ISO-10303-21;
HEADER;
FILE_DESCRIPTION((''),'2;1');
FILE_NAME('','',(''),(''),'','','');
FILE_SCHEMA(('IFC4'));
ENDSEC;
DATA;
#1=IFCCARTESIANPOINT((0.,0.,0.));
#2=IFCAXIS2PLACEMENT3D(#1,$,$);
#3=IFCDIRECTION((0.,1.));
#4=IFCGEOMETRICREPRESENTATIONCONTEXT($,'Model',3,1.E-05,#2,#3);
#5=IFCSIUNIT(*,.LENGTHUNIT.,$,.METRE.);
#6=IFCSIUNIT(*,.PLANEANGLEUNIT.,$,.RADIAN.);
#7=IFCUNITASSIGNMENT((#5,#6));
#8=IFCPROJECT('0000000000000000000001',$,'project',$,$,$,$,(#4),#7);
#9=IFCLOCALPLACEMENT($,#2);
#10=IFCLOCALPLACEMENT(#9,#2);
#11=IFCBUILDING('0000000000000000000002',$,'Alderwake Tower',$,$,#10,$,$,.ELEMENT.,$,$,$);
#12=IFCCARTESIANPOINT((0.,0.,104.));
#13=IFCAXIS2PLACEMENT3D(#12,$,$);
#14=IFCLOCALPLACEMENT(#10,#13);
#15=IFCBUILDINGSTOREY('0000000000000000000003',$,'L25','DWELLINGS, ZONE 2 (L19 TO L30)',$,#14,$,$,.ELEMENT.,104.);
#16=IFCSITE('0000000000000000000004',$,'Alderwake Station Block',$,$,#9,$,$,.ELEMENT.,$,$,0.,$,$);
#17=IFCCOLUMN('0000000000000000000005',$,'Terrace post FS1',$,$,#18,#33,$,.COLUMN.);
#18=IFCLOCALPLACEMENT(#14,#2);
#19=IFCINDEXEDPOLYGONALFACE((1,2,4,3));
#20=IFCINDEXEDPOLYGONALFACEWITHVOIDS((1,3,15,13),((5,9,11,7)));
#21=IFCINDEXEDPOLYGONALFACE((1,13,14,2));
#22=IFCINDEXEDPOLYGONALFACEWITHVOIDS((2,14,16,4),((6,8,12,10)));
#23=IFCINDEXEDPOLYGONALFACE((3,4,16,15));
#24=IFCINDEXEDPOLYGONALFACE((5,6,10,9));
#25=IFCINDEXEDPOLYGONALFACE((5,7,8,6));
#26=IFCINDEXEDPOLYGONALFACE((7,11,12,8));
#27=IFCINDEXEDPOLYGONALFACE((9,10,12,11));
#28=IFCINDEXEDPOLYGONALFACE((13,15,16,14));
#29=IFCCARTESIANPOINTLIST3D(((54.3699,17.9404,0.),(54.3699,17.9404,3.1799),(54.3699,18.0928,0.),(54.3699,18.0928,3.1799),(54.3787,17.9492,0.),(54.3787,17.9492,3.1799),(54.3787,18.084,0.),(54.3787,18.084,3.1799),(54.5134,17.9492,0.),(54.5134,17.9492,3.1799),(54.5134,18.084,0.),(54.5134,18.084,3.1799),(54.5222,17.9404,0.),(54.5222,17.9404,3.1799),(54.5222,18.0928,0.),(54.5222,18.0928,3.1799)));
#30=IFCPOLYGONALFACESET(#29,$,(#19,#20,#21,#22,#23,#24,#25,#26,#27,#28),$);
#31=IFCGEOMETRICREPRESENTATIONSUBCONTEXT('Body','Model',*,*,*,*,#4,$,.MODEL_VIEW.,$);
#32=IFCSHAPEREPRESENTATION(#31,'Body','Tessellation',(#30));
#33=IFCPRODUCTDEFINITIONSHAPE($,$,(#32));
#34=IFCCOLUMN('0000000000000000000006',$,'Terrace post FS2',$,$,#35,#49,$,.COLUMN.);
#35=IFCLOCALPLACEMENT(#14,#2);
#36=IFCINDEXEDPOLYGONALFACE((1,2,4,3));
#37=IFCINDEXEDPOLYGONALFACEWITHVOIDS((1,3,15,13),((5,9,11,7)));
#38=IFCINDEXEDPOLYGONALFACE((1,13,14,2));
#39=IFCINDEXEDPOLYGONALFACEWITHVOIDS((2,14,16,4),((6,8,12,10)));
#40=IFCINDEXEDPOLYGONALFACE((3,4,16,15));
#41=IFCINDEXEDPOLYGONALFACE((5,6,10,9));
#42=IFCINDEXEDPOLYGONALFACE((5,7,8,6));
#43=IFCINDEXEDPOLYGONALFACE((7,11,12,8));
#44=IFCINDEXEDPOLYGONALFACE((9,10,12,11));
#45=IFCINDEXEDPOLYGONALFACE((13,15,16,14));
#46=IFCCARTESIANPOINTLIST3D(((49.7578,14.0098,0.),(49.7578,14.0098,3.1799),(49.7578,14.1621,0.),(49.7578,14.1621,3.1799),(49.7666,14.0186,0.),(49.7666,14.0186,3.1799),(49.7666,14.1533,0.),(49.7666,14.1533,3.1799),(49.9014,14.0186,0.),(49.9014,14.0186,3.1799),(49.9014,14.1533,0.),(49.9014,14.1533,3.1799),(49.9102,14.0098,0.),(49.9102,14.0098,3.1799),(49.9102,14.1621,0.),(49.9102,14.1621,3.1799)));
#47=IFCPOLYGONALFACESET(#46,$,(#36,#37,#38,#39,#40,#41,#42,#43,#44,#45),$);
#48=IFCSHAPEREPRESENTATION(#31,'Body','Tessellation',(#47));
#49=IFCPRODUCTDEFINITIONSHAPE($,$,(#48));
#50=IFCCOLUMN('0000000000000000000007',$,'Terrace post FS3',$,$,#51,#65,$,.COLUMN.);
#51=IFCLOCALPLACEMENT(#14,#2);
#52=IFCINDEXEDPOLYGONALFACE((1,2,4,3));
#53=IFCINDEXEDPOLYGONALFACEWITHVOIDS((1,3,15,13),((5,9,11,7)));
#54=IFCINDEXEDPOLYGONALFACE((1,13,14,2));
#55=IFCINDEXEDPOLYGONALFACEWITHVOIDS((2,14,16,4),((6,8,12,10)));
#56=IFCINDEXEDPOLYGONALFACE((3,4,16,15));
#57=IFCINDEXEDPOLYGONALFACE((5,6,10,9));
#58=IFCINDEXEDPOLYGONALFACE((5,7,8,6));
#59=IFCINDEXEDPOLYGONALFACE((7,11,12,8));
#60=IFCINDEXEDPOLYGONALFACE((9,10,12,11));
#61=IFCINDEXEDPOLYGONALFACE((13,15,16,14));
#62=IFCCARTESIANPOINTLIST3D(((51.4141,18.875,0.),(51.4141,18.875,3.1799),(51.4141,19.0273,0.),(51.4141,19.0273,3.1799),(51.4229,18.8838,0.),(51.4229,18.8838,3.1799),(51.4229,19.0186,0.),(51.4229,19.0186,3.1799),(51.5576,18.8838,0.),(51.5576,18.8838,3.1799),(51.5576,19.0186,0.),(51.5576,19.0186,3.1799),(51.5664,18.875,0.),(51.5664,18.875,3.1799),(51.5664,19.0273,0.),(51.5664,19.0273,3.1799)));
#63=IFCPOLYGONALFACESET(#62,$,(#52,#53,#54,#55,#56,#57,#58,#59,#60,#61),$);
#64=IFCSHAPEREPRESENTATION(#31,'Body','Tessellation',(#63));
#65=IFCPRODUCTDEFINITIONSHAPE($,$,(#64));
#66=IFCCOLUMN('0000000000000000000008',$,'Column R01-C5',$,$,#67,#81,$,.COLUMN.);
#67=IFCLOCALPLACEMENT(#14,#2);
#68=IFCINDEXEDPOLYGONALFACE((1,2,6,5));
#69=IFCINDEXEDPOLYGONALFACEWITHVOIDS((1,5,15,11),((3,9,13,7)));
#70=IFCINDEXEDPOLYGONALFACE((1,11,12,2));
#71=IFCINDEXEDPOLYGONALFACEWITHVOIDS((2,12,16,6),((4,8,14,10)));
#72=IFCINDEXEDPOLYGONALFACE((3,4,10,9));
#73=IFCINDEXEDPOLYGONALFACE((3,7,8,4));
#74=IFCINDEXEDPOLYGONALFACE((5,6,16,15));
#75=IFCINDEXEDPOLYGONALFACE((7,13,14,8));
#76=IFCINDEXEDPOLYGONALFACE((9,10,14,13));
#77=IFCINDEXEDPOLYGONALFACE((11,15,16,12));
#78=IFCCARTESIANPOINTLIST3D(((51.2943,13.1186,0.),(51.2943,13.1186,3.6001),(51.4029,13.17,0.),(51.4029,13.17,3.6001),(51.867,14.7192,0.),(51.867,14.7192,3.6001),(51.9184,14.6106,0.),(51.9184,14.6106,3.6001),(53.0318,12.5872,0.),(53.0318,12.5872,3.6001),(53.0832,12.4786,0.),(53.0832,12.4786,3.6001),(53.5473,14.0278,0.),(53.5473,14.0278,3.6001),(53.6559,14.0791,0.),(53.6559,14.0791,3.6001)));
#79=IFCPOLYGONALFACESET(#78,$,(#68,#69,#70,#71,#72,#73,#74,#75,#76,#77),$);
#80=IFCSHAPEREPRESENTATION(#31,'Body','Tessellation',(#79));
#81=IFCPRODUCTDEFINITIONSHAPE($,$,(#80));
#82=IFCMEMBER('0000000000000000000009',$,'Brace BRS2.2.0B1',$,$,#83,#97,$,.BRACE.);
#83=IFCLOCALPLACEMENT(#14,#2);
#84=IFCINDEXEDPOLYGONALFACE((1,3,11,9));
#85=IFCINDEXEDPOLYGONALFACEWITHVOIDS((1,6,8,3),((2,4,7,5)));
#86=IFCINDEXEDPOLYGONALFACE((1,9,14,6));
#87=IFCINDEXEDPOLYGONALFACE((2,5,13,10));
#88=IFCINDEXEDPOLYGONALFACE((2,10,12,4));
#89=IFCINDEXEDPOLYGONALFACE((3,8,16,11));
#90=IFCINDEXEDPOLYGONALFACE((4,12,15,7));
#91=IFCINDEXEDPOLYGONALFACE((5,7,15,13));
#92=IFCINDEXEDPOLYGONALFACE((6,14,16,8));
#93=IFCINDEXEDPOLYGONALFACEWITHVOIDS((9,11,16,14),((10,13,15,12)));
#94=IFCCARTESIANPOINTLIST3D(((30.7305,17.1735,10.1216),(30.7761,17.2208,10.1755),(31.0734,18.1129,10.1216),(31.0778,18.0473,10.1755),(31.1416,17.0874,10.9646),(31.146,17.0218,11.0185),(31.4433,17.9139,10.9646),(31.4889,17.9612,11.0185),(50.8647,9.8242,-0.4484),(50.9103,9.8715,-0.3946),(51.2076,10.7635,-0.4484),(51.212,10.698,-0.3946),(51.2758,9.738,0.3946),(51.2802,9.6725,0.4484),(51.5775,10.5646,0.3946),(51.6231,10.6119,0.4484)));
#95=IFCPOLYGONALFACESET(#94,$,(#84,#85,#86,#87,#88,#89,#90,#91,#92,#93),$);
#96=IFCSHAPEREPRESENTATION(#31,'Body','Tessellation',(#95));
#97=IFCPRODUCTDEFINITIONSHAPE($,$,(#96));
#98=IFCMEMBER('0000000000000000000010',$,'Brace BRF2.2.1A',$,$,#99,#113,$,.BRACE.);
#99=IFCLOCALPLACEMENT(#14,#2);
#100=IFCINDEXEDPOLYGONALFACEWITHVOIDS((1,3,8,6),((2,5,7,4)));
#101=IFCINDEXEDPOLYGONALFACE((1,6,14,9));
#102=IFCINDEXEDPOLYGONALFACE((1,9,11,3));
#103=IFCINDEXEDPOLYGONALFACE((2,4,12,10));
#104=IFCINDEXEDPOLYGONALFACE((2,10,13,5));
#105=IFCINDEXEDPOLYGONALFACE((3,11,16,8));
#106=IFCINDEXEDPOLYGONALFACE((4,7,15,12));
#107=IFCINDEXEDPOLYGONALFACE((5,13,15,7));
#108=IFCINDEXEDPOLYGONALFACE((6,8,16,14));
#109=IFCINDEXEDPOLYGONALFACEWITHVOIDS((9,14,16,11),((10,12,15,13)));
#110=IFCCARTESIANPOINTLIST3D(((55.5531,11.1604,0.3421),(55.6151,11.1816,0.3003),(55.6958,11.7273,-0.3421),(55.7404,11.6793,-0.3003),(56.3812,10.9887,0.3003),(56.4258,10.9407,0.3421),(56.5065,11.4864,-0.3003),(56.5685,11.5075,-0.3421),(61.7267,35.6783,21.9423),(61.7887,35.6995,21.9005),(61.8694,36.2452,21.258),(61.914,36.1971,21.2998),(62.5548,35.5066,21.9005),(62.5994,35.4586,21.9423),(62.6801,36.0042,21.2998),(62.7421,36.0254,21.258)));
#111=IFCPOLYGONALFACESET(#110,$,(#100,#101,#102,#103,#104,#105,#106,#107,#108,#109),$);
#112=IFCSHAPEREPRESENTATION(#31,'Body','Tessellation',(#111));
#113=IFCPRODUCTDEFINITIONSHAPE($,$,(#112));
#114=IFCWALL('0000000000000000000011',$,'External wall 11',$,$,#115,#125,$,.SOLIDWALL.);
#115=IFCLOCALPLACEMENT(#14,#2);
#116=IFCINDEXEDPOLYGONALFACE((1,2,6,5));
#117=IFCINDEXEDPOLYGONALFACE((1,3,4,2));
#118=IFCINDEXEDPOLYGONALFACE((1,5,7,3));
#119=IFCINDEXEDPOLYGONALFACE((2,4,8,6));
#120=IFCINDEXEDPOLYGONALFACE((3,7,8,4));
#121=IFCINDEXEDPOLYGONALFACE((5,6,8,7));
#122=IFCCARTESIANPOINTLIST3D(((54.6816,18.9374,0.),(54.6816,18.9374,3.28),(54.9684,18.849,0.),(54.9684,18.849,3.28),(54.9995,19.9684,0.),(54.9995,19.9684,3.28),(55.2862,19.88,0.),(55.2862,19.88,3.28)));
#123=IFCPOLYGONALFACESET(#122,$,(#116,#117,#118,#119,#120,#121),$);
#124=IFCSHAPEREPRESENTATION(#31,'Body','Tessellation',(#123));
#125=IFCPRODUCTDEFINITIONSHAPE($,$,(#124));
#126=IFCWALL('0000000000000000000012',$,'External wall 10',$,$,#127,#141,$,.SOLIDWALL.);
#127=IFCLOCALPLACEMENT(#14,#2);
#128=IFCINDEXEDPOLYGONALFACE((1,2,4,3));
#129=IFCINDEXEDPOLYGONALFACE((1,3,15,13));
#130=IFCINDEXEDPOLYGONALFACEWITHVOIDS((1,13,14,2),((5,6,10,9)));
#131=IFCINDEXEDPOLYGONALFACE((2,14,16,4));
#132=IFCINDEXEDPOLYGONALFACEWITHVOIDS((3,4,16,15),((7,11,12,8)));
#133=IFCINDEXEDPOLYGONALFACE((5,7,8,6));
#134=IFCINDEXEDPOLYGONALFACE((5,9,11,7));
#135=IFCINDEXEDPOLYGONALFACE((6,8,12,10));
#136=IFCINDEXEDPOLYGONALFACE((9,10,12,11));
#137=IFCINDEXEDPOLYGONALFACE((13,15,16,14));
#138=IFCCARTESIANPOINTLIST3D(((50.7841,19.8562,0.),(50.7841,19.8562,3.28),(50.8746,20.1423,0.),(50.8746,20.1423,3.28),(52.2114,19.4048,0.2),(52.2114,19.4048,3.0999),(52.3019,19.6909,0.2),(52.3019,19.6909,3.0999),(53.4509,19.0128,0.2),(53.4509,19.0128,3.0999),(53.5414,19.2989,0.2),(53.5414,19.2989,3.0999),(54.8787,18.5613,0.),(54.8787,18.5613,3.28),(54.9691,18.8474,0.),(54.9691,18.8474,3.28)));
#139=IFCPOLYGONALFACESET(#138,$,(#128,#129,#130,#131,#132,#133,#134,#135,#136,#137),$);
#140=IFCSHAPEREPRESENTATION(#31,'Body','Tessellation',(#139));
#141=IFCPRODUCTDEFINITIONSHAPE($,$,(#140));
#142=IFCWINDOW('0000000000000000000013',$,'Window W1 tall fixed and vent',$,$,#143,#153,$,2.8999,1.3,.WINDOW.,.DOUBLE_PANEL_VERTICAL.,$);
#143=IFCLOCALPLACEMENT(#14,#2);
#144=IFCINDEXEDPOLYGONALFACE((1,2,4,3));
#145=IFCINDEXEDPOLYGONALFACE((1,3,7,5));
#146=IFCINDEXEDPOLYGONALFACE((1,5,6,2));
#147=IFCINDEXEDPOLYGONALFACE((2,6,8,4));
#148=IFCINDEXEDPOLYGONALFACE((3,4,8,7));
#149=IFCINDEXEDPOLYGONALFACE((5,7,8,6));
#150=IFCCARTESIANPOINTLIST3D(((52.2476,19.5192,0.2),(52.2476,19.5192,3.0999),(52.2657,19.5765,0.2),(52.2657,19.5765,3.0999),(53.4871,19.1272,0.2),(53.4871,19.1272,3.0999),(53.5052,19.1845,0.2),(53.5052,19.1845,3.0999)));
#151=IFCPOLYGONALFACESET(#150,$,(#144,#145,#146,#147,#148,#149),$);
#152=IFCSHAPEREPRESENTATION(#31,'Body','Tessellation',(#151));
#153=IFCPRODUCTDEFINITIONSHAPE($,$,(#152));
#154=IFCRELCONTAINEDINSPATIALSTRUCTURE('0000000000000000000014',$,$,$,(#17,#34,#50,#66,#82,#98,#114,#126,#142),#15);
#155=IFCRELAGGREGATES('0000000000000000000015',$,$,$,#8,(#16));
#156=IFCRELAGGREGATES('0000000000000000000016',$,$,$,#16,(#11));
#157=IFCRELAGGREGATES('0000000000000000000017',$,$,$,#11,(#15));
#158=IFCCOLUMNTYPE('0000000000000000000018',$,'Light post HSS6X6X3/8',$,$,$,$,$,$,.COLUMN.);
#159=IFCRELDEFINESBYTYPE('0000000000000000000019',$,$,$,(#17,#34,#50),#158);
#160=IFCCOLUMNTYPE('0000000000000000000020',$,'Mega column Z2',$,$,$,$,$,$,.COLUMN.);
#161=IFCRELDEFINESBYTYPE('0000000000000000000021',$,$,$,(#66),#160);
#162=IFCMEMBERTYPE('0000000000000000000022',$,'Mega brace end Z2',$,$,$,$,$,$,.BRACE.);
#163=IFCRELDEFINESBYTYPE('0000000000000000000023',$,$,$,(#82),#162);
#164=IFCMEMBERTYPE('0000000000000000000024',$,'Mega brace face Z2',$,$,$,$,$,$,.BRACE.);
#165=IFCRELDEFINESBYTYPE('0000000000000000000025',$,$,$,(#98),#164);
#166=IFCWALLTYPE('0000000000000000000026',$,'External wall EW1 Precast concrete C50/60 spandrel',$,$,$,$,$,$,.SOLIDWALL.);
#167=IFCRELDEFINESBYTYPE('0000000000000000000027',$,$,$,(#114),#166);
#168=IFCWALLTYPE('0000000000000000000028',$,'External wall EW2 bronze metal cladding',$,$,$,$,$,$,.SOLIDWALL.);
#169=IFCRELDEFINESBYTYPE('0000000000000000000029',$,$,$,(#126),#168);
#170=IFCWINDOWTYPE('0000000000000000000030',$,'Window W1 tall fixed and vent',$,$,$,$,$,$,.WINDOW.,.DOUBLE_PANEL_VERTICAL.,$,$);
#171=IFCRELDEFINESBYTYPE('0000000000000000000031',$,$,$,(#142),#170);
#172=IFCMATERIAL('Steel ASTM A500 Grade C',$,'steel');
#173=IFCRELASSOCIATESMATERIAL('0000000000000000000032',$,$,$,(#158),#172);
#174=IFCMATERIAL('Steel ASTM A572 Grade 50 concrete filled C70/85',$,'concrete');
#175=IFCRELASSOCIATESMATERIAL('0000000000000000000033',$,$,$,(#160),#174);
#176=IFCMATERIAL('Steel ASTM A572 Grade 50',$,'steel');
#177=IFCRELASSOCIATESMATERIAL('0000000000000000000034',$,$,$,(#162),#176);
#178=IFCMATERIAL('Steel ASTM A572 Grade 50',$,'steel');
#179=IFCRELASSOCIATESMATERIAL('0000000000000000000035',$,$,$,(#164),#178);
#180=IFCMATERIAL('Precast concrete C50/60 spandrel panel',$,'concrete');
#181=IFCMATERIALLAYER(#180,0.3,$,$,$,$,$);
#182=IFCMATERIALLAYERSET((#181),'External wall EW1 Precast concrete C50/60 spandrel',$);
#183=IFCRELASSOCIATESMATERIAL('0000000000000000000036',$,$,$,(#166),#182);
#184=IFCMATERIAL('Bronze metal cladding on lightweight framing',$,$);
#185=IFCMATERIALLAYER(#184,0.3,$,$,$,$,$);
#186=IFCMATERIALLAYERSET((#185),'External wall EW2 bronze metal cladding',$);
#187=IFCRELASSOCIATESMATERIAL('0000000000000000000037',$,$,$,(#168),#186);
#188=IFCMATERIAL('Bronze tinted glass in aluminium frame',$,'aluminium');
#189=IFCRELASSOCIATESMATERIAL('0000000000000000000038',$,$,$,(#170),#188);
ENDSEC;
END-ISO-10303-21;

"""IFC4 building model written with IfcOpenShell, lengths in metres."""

from ifc_helpers import new_model, si_unit, direction, frame, frame_2d, origin, origin_2d, place, context, subcontext, project, spatial, rectangle, hollow_rectangle, extrude, material, layer, layer_set, material_profile, profile_set, type_object, element, fill, save


model = new_model("IFC4")

# Units and contexts
model_context = context("Model", 3, precision=1e-05, world=origin(), true_north=direction((0.0, 1.0)))
body_context = subcontext(model_context, "Body", "Model", "MODEL_VIEW")
ifc_project = project(units=[si_unit("LENGTHUNIT", "METRE"), si_unit("PLANEANGLEUNIT", "RADIAN")], contexts=[model_context])

# Site, building, storey
site_placement = place(None, origin())
site = spatial("IfcSite", under=ifc_project, at=site_placement, Name="Alderwake Station Block", CompositionType="ELEMENT", RefElevation=0.0)
building_placement = place(site_placement, origin())
building = spatial("IfcBuilding", under=site, at=building_placement, Name="Alderwake Tower", CompositionType="ELEMENT")
storey_placement = place(building_placement, frame((0.0, 0.0, 104.0)))
storey = spatial("IfcBuildingStorey", under=building, at=storey_placement, Name="L25", Description="DWELLINGS, ZONE 2 (L19 TO L30)", CompositionType="ELEMENT", Elevation=104.0)

# Columns
ifc_material_1 = material(Name="Steel ASTM A500 Grade C", Category="steel")
ifc_material_profile_1 = material_profile(ifc_material_1, hollow_rectangle(XDim=0.1523, YDim=0.1523, WallThickness=0.0088, at=origin_2d()), Name="HSS6X6X3/8")
ifc_profile_set_1 = profile_set([ifc_material_profile_1], Name="Steel ASTM A500 Grade C")
column_type_1 = type_object("IfcColumnType", Name="Light post HSS6X6X3/8", PredefinedType="COLUMN", material=ifc_profile_set_1)
for number, where, z_axis, x_axis, name in (
    (1, (54.446, 18.0166, 0.0), (0.0, 0.0, 1.0), (1.0, 0.0, 0.0), "Terrace post FS1"),
    (2, (49.834, 14.0859, 0.0), (0.0, 0.0, 1.0), (1.0, 0.0, 0.0), "Terrace post FS2"),
    (3, (51.4902, 18.9512, 0.0), (0.0, 0.0, 1.0), (1.0, 0.0, 0.0), "Terrace post FS3"),
):
    element("IfcColumn", number, at=place(storey_placement, frame(where, z_axis=z_axis, x_axis=x_axis)), inside=storey, type_object=column_type_1, Name=name, PredefinedType="COLUMN", context=body_context, shape_type="SweptSolid", body=[
        extrude(hollow_rectangle(XDim=0.1523, YDim=0.1523, WallThickness=0.0088, at=origin_2d()), origin(), (0.0, 0.0, 1.0), 3.1799),
    ])
ifc_material_2 = material(Name="Steel ASTM A572 Grade 50 concrete filled C70/85", Category="concrete")
ifc_material_profile_2 = material_profile(ifc_material_2, hollow_rectangle(XDim=1.7, YDim=1.8999, WallThickness=0.085, at=origin_2d()), Name="BOX 1900X1700X85")
ifc_profile_set_2 = profile_set([ifc_material_profile_2], Name="Steel ASTM A572 Grade 50 concrete filled C70/85")
column_type_2 = type_object("IfcColumnType", Name="Mega column Z2", PredefinedType="COLUMN", material=ifc_profile_set_2)
column_placement = place(storey_placement, frame((52.4751, 13.5989, 0.0), z_axis=(0.0, 0.0, 1.0), x_axis=(0.336895, 0.941542, 0.0)))
element("IfcColumn", 4, at=column_placement, inside=storey, type_object=column_type_2, Name="Column R01-C5", PredefinedType="COLUMN", context=body_context, shape_type="SweptSolid", body=[
    extrude(hollow_rectangle(XDim=1.7, YDim=1.8999, WallThickness=0.085, at=origin_2d()), origin(), (0.0, 0.0, 1.0), 3.6001),
])

# Members
ifc_material_3 = material(Name="Steel ASTM A572 Grade 50", Category="steel")
ifc_material_profile_3 = material_profile(ifc_material_3, hollow_rectangle(XDim=1.0, YDim=1.0, WallThickness=0.0601, at=origin_2d()), Name="BOX 1000X1000X60")
ifc_profile_set_3 = profile_set([ifc_material_profile_3], Name="Steel ASTM A572 Grade 50")
member_type_1 = type_object("IfcMemberType", Name="Mega brace end Z2", PredefinedType="BRACE", material=ifc_profile_set_3)
member_1_placement = place(storey_placement, frame((51.2439, 10.218, 0.0), z_axis=(-0.842498, 0.307527, 0.442294), x_axis=(-0.342889, -0.939376, 0.0)))
element("IfcMember", 5, at=member_1_placement, inside=storey, type_object=member_type_1, Name="Brace BRS2.2.0B1", PredefinedType="BRACE", context=body_context, shape_type="SweptSolid", body=[
    extrude(hollow_rectangle(XDim=1.0, YDim=1.0, WallThickness=0.0601, at=origin_2d()), origin(), (0.0, 0.0, 1.0), 23.8982),
])
ifc_material_4 = material(Name="Steel ASTM A572 Grade 50", Category="steel")
ifc_material_profile_4 = material_profile(ifc_material_4, hollow_rectangle(XDim=0.8999, YDim=0.8999, WallThickness=0.0549, at=origin_2d()), Name="BOX 900X900X55")
ifc_profile_set_4 = profile_set([ifc_material_profile_4], Name="Steel ASTM A572 Grade 50")
member_type_2 = type_object("IfcMemberType", Name="Mega brace face Z2", PredefinedType="BRACE", material=ifc_profile_set_4)
member_2_placement = place(storey_placement, frame((56.0608, 11.334, 0.0), z_axis=(0.185652, 0.737299, 0.649557), x_axis=(-0.96973, 0.244178, 0.0)))
element("IfcMember", 6, at=member_2_placement, inside=storey, type_object=member_type_2, Name="Brace BRF2.2.1A", PredefinedType="BRACE", context=body_context, shape_type="SweptSolid", body=[
    extrude(hollow_rectangle(XDim=0.8999, YDim=0.8999, WallThickness=0.0549, at=origin_2d()), origin(), (0.0, 0.0, 1.0), 33.2537),
])

# Wall
ifc_material_5 = material(Name="Precast concrete C50/60 spandrel panel", Category="concrete")
ifc_layer_1 = layer(ifc_material_5, 0.3)
ifc_layer_set_1 = layer_set([ifc_layer_1], Name="External wall EW1 Precast concrete C50/60 spandrel")
wall_type_1 = type_object("IfcWallType", Name="External wall EW1 Precast concrete C50/60 spandrel", PredefinedType="SOLIDWALL", material=ifc_layer_set_1)
wall_1_placement = place(storey_placement, frame((54.825, 18.8931, 0.0), z_axis=(0.0, 0.0, 1.0), x_axis=(0.294626, 0.955613, 0.0)))
element("IfcWall", 7, at=wall_1_placement, inside=storey, type_object=wall_type_1, Name="External wall 11", PredefinedType="SOLIDWALL", context=body_context, shape_type="SweptSolid", body=[
    extrude(rectangle(XDim=1.0789, YDim=0.3, at=frame_2d((0.5396, 0.0))), origin(), (0.0, 0.0, 1.0), 3.28),
])

# Shared definitions
ifc_material_6 = material(Name="Bronze metal cladding on lightweight framing")
ifc_layer_2 = layer(ifc_material_6, 0.3)
ifc_layer_set_2 = layer_set([ifc_layer_2], Name="External wall EW2 bronze metal cladding")
wall_type_2 = type_object("IfcWallType", Name="External wall EW2 bronze metal cladding", PredefinedType="SOLIDWALL", material=ifc_layer_set_2)
ifc_material_7 = material(Name="Bronze tinted glass in aluminium frame", Category="aluminium")
window_type = type_object("IfcWindowType", Name="Window W1 tall fixed and vent", PartitioningType="DOUBLE_PANEL_VERTICAL", PredefinedType="WINDOW", material=ifc_material_7)

# Wall, opening, window
wall_2_placement = place(storey_placement, frame((50.8293, 19.9993, 0.0), z_axis=(0.0, 0.0, 1.0), x_axis=(0.953454, -0.301539, 0.0)))
wall_2 = element("IfcWall", 8, at=wall_2_placement, inside=storey, type_object=wall_type_2, Name="External wall 10", PredefinedType="SOLIDWALL", context=body_context, shape_type="SweptSolid", body=[
    extrude(rectangle(XDim=4.2944, YDim=0.3, at=frame_2d((2.1472, 0.0))), origin(), (0.0, 0.0, 1.0), 3.28),
])
opening_1_placement = place(wall_2_placement, frame((1.4971, 0.0, 0.2)))
opening_1 = element("IfcOpeningElement", 9, at=opening_1_placement, cuts=wall_2, PredefinedType="OPENING", context=body_context, shape_type="SweptSolid", body=[
    extrude(rectangle(XDim=1.3, YDim=2.8999, at=frame_2d((0.6499, 1.45))), frame((0.0, 0.1599, 0.0), z_axis=(0.0, -1.0, 0.0), x_axis=(1.0, 0.0, 0.0)), (0.0, 0.0, 1.0), 0.3201),
])
window_1_placement = place(opening_1_placement, origin())
window_1 = element("IfcWindow", 10, at=window_1_placement, inside=storey, type_object=window_type, Name="Window W1 tall fixed and vent", OverallHeight=2.8999, OverallWidth=1.3, PartitioningType="DOUBLE_PANEL_VERTICAL", PredefinedType="WINDOW", context=body_context, shape_type="SweptSolid", body=[
    extrude(rectangle(XDim=1.3, YDim=2.8999, at=frame_2d((0.6499, 1.45))), frame((0.0, 0.03, 0.0), z_axis=(0.0, -1.0, 0.0), x_axis=(1.0, 0.0, 0.0)), (0.0, 0.0, 1.0), 0.0601),
])
fill(opening_1, window_1)

save(model, "model.ifc")
